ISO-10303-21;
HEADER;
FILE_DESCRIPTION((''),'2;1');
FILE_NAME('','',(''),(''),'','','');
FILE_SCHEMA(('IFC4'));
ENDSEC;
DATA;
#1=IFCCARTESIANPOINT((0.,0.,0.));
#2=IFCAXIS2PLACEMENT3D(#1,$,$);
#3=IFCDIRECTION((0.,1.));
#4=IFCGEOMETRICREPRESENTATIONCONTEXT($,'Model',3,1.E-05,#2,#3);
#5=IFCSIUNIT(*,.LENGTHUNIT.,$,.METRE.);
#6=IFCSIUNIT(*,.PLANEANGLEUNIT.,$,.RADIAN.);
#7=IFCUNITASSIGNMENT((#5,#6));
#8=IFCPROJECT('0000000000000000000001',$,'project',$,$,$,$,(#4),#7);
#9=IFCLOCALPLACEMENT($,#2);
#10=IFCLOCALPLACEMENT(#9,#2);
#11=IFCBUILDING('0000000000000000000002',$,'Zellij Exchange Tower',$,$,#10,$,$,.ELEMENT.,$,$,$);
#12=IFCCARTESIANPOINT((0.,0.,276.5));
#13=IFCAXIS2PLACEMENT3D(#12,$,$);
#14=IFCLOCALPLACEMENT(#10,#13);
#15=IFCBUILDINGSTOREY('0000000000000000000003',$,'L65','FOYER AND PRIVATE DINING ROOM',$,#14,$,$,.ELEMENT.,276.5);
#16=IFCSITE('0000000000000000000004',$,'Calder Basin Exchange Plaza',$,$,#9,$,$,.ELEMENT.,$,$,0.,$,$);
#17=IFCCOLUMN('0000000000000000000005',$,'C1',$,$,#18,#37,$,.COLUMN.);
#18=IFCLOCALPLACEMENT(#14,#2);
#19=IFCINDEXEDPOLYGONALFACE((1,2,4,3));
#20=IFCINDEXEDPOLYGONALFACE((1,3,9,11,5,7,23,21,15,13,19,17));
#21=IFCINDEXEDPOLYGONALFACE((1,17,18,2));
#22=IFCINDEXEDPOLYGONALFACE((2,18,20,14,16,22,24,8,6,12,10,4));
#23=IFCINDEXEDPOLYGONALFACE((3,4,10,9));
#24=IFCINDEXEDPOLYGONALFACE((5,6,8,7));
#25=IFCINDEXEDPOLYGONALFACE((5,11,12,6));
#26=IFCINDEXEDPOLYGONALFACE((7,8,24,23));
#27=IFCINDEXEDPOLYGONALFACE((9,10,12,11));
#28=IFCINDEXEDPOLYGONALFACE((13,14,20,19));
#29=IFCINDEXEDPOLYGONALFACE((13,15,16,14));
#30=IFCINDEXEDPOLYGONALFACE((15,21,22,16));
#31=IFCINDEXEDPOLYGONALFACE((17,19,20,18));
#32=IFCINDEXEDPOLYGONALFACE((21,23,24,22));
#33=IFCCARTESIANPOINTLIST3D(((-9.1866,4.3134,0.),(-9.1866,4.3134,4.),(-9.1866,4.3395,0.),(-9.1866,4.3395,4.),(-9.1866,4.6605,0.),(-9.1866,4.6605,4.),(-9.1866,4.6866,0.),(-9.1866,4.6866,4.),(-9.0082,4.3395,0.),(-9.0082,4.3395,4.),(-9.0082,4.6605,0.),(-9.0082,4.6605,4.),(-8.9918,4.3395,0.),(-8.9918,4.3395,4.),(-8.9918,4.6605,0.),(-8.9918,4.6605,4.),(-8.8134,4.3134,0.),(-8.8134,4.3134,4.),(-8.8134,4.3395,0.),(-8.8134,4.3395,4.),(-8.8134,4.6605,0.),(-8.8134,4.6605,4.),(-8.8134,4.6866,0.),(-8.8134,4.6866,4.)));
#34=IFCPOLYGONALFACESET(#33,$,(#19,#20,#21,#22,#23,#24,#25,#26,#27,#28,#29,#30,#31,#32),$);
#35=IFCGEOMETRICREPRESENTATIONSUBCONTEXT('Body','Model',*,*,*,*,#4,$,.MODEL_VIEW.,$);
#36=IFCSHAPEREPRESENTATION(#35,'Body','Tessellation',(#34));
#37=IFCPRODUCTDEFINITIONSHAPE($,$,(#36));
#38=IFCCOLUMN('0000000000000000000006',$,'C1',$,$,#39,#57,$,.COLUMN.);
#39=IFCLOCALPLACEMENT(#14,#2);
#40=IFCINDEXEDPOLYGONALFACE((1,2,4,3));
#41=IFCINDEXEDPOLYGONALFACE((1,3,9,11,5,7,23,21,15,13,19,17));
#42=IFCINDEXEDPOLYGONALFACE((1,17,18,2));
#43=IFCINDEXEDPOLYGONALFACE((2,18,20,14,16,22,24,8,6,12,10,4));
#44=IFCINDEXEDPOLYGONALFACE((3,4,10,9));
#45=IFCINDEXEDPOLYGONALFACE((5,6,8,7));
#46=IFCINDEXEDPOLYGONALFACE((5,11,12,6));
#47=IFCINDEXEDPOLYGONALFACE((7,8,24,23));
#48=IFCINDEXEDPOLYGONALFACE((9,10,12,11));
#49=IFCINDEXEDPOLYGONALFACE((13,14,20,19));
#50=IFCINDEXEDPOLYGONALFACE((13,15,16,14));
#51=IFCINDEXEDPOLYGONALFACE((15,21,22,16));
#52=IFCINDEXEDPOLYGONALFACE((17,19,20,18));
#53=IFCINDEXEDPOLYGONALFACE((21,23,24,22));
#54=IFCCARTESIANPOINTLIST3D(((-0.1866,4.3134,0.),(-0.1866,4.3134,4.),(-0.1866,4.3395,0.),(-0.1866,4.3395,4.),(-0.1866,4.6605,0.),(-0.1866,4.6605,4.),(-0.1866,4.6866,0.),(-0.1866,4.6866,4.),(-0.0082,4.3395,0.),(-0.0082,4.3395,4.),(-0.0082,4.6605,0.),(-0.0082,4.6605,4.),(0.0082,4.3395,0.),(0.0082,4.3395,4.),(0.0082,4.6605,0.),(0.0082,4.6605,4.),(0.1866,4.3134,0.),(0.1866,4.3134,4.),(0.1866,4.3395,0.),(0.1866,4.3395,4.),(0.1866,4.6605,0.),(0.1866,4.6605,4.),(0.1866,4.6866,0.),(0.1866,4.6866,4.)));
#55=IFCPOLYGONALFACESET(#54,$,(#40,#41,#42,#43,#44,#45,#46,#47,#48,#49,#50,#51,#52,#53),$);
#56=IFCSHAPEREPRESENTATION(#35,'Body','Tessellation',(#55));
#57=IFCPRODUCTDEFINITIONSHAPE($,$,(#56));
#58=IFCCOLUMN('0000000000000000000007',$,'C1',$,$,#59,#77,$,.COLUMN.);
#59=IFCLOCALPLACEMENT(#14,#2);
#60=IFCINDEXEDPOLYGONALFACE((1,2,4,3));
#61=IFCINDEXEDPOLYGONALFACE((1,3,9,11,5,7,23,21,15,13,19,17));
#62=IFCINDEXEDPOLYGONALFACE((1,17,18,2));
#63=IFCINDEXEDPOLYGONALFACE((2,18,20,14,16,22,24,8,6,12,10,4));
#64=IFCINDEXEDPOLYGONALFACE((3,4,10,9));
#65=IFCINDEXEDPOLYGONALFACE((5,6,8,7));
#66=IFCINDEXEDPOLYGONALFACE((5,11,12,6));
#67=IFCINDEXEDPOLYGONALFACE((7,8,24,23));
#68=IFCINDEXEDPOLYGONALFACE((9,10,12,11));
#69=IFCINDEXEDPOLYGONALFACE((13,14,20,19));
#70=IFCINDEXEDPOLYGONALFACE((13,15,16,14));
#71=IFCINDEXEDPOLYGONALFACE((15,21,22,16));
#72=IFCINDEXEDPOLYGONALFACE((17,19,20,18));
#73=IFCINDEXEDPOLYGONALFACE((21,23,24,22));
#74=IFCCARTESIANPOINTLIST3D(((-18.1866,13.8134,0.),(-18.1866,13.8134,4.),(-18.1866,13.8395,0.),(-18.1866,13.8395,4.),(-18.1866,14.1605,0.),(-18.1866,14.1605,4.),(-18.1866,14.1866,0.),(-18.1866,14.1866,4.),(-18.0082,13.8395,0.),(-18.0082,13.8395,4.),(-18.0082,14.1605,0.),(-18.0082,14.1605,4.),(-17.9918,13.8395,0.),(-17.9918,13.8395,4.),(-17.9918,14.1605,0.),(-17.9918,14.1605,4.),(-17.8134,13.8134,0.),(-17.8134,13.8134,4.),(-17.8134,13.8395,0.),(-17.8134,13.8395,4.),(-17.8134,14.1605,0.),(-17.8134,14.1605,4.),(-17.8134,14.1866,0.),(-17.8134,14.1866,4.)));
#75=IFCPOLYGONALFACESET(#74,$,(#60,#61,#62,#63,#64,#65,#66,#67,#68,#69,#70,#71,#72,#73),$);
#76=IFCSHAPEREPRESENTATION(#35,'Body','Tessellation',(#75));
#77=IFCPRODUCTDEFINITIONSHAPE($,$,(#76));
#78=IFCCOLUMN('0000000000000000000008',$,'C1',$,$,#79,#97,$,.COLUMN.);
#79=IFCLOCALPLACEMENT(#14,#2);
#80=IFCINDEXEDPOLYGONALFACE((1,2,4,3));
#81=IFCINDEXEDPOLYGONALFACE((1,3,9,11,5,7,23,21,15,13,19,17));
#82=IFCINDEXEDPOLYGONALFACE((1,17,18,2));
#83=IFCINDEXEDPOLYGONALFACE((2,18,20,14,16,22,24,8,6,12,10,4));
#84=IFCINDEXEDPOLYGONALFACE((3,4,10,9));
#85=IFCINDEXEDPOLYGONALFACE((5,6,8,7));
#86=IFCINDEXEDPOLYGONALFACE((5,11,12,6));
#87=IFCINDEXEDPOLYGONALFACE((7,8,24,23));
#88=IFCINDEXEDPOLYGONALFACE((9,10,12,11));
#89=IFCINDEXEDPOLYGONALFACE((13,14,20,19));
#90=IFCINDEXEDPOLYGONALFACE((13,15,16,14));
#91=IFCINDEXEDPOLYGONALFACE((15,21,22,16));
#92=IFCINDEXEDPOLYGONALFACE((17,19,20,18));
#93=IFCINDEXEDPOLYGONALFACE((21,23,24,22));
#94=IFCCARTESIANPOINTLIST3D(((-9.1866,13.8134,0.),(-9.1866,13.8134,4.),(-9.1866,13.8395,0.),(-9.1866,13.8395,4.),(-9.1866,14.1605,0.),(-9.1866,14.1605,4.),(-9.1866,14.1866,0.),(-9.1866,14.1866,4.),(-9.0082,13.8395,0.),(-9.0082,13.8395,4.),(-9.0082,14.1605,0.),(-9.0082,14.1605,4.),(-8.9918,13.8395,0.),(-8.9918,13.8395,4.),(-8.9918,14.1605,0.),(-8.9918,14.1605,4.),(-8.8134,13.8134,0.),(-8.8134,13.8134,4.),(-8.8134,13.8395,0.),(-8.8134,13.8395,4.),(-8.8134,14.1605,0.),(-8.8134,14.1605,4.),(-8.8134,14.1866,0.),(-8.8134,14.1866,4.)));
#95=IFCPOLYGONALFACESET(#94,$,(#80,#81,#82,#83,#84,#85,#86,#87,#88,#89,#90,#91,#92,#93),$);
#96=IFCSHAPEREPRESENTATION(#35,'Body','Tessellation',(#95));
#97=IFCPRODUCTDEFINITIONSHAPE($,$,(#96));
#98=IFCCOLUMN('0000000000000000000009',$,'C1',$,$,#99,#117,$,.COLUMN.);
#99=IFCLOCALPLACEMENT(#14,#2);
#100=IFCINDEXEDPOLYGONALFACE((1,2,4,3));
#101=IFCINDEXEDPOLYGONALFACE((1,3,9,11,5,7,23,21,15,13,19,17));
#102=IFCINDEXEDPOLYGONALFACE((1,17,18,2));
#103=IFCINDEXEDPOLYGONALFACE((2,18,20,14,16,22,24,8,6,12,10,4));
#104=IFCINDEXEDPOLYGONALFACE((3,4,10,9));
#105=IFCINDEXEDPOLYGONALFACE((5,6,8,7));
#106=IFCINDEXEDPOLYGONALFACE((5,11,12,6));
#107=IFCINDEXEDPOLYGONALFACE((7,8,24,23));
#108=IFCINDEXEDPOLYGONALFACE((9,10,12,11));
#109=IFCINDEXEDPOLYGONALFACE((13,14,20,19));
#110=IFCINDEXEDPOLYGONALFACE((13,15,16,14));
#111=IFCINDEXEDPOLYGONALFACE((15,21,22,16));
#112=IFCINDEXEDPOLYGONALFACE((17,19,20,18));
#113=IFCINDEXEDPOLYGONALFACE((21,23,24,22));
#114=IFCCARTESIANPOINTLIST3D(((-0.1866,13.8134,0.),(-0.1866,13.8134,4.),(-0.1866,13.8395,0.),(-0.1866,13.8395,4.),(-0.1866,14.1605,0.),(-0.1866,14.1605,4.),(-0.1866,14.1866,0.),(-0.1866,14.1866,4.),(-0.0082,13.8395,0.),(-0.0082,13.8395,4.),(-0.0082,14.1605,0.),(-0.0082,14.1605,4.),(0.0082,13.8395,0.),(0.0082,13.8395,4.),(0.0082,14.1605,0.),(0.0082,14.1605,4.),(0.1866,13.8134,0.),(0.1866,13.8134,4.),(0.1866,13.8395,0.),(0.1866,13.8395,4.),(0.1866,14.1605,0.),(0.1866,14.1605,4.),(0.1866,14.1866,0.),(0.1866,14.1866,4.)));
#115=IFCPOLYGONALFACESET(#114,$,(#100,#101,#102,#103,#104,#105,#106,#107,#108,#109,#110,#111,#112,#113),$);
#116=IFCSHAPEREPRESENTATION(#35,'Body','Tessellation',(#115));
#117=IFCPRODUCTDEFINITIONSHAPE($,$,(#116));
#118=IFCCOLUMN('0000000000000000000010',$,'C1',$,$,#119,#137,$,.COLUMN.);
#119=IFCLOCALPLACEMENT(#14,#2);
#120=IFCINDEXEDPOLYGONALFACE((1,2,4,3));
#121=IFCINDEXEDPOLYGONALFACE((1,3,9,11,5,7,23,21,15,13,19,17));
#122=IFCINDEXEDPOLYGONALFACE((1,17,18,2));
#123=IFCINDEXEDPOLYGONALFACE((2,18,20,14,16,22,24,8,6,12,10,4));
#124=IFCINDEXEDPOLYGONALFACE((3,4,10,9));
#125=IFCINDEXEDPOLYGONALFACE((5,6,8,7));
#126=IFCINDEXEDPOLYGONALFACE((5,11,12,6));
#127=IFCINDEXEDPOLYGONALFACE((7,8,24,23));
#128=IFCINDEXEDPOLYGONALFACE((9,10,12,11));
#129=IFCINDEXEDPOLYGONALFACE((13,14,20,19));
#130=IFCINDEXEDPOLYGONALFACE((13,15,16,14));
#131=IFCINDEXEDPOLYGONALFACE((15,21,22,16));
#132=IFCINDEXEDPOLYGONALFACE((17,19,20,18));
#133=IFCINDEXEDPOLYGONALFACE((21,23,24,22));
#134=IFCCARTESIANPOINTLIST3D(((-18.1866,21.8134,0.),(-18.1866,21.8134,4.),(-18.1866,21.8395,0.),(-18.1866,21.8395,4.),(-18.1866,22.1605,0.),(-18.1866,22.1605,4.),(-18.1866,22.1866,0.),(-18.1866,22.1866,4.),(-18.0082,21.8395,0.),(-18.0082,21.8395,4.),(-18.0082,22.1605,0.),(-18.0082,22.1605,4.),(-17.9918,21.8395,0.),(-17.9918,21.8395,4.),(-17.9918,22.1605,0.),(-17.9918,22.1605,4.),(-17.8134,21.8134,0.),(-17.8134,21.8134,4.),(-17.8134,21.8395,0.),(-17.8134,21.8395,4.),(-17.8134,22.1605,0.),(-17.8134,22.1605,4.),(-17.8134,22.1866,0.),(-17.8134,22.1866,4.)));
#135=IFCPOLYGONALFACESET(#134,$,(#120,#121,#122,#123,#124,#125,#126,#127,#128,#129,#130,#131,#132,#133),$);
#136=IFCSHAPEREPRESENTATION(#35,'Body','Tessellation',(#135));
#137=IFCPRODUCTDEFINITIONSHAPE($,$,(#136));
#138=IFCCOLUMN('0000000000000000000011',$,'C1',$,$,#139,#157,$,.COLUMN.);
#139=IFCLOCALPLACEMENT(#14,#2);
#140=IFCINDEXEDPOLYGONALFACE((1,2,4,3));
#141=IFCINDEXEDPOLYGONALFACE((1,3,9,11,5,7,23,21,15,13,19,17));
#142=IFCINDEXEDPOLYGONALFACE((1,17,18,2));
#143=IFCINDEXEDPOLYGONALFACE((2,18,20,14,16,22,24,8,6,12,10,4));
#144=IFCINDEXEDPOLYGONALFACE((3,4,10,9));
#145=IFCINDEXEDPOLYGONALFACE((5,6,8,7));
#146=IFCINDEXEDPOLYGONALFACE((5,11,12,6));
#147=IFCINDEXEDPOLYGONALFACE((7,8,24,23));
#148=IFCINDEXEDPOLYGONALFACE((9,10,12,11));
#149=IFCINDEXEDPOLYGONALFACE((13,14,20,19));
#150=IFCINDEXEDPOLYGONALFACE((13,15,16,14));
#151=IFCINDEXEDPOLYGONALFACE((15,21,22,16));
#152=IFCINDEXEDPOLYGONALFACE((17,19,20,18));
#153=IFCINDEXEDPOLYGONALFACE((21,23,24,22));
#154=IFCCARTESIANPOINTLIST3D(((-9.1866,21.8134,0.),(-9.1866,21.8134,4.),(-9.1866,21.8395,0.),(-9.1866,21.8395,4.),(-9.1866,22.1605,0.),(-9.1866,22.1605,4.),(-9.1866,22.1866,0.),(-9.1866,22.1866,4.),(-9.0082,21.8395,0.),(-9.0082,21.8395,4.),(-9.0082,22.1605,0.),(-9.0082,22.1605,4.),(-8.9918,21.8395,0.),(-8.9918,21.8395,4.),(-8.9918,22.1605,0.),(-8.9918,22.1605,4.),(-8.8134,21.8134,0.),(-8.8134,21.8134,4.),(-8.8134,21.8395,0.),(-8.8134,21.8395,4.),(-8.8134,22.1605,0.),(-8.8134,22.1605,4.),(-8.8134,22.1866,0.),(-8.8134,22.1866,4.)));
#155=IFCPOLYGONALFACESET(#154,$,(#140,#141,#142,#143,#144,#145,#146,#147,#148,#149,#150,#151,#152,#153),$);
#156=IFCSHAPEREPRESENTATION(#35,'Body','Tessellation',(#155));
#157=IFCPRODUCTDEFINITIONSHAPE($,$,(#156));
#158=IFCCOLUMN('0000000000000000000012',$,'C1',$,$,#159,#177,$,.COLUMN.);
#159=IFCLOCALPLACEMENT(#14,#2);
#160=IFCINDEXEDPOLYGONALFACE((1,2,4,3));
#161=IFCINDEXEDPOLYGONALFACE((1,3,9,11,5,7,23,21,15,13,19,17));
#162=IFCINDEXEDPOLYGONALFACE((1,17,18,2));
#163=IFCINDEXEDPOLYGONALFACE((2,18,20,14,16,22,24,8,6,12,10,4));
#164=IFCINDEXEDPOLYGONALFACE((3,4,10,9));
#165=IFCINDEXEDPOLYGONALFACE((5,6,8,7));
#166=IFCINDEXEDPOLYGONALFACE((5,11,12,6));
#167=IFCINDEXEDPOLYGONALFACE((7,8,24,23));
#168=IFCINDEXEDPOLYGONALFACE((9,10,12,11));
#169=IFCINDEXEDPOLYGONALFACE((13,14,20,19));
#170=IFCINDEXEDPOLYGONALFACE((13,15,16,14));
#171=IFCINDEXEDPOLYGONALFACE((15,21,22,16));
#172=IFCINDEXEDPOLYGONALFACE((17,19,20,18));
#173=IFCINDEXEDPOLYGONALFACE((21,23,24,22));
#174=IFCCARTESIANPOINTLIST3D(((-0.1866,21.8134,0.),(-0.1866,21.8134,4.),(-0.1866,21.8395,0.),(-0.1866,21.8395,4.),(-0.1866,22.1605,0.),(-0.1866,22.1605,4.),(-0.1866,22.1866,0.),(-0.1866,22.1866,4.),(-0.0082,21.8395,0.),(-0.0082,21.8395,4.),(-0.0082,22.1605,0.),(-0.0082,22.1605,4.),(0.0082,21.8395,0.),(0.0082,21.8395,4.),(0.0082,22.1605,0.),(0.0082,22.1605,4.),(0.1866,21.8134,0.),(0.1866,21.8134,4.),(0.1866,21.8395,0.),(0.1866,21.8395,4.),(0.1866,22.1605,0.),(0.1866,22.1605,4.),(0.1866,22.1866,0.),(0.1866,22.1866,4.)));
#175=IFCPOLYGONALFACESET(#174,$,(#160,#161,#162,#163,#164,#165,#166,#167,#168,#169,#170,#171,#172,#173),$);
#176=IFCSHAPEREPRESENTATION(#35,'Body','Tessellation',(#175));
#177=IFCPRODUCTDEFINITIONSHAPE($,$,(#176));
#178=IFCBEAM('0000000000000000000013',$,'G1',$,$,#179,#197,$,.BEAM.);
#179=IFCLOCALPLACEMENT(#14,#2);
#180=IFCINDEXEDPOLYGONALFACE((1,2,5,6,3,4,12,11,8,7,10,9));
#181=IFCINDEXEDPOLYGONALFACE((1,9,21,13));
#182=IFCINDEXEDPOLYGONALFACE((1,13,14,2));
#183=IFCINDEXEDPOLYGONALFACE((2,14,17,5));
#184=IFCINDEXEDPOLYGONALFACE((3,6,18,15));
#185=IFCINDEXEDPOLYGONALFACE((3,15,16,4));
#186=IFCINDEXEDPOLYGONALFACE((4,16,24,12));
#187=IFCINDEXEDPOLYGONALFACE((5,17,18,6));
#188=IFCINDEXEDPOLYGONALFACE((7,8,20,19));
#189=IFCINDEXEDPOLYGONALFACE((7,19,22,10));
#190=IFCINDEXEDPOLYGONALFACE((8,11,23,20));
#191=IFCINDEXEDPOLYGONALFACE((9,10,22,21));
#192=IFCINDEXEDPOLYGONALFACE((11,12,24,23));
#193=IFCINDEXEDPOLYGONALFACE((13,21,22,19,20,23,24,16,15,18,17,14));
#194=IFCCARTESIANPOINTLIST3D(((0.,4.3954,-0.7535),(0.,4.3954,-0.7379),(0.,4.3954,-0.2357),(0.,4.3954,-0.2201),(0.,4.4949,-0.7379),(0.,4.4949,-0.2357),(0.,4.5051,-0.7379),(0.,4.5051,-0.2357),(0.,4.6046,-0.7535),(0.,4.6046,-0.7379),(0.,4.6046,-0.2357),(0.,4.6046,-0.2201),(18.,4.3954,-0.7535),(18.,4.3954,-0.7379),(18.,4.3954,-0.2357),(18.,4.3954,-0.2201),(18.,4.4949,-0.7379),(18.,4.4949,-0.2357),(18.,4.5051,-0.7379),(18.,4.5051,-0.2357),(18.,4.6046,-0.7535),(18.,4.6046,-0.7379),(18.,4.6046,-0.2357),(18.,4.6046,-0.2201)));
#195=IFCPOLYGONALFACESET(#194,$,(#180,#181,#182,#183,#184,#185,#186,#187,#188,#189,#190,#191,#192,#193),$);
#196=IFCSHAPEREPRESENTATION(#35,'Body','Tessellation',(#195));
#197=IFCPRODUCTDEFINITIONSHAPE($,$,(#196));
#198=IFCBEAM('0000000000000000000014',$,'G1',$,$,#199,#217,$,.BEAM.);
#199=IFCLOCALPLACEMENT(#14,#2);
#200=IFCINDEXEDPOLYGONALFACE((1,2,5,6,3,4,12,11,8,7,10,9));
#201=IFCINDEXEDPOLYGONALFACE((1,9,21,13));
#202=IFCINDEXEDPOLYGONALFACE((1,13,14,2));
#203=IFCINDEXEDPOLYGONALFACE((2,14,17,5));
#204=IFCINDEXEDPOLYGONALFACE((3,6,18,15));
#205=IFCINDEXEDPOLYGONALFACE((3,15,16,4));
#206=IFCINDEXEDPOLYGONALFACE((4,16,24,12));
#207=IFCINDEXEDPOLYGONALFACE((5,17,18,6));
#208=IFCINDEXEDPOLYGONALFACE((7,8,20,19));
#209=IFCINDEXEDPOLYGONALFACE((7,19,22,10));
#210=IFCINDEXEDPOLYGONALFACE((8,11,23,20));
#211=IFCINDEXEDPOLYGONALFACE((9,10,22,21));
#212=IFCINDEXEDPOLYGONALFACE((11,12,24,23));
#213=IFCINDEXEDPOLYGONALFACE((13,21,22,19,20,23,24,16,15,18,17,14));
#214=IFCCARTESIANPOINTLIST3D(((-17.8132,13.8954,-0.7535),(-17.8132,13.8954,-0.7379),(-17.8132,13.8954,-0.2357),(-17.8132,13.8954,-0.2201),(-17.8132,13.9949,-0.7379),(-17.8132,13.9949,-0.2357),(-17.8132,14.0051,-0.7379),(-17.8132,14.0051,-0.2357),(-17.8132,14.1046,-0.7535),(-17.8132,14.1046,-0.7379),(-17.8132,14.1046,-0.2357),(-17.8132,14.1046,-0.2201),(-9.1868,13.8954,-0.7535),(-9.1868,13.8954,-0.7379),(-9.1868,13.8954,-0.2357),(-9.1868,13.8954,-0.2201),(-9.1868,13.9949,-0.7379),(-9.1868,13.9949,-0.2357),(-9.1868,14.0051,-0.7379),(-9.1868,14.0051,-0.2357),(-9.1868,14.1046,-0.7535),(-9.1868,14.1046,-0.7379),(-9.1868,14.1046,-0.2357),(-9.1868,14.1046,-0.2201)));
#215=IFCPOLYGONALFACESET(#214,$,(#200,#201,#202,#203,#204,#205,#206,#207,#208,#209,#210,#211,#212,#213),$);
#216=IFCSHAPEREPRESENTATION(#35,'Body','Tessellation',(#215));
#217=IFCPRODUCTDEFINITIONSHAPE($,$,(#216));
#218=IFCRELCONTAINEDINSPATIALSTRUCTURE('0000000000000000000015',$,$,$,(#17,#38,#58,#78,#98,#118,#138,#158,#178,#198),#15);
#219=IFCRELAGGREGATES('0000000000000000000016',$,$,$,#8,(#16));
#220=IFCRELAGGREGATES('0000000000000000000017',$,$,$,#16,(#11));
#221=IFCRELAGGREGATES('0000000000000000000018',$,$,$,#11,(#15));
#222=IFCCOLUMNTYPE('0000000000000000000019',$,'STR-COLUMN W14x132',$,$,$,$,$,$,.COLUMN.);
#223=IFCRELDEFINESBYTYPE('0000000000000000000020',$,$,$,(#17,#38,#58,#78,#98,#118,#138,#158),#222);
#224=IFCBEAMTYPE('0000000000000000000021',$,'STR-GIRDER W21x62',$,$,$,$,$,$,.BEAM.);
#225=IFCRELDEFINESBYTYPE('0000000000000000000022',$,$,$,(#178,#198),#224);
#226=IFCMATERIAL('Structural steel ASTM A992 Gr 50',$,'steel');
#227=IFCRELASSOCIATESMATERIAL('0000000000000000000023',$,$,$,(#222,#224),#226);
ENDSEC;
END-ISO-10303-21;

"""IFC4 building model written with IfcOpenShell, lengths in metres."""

from ifc_helpers import new_model, si_unit, direction, frame, origin, origin_2d, place, context, subcontext, project, spatial, i_section, extrude, material, material_profile, profile_set, type_object, element, save


model = new_model("IFC4")

# Units and contexts
model_context = context("Model", 3, precision=1e-05, world=origin(), true_north=direction((0.0, 1.0)))
body_context = subcontext(model_context, "Body", "Model", "MODEL_VIEW")
ifc_project = project(units=[si_unit("LENGTHUNIT", "METRE"), si_unit("PLANEANGLEUNIT", "RADIAN")], contexts=[model_context])

# Site, building, storey
site_placement = place(None, origin())
site = spatial("IfcSite", under=ifc_project, at=site_placement, Name="Calder Basin Exchange Plaza", CompositionType="ELEMENT", RefElevation=0.0)
building_placement = place(site_placement, origin())
building = spatial("IfcBuilding", under=site, at=building_placement, Name="Zellij Exchange Tower", CompositionType="ELEMENT")
storey_placement = place(building_placement, frame((0.0, 0.0, 276.5)))
storey = spatial("IfcBuildingStorey", under=building, at=storey_placement, Name="L65", Description="FOYER AND PRIVATE DINING ROOM", CompositionType="ELEMENT", Elevation=276.5)

# Columns
ifc_material_1 = material(Name="Structural steel ASTM A992 Gr 50", Category="steel")
ifc_material_profile_1 = material_profile(ifc_material_1, i_section(OverallWidth=0.3733, OverallDepth=0.3733, WebThickness=0.0164, FlangeThickness=0.0261, at=origin_2d()), Name="W14x132")
ifc_profile_set_1 = profile_set([ifc_material_profile_1], Name="Structural steel ASTM A992 Gr 50")
column_type = type_object("IfcColumnType", Name="STR-COLUMN W14x132", PredefinedType="COLUMN", material=ifc_profile_set_1)
for number, where, z_axis, x_axis, name in (
    (1, (-9.0, 4.5, 0.0), (0.0, 0.0, 1.0), (1.0, 0.0, 0.0), "C1"),
    (2, (0.0, 4.5, 0.0), (0.0, 0.0, 1.0), (1.0, 0.0, 0.0), "C1"),
    (3, (-18.0, 14.0, 0.0), (0.0, 0.0, 1.0), (1.0, 0.0, 0.0), "C1"),
    (4, (-9.0, 14.0, 0.0), (0.0, 0.0, 1.0), (1.0, 0.0, 0.0), "C1"),
    (5, (0.0, 14.0, 0.0), (0.0, 0.0, 1.0), (1.0, 0.0, 0.0), "C1"),
    (6, (-18.0, 22.0, 0.0), (0.0, 0.0, 1.0), (1.0, 0.0, 0.0), "C1"),
    (7, (-9.0, 22.0, 0.0), (0.0, 0.0, 1.0), (1.0, 0.0, 0.0), "C1"),
    (8, (0.0, 22.0, 0.0), (0.0, 0.0, 1.0), (1.0, 0.0, 0.0), "C1"),
):
    element("IfcColumn", number, at=place(storey_placement, frame(where, z_axis=z_axis, x_axis=x_axis)), inside=storey, type_object=column_type, Name=name, PredefinedType="COLUMN", context=body_context, shape_type="SweptSolid", body=[
        extrude(i_section(OverallWidth=0.3733, OverallDepth=0.3733, WebThickness=0.0164, FlangeThickness=0.0261, at=origin_2d()), origin(), (0.0, 0.0, 1.0), 4.0),
    ])

# Beams
ifc_material_profile_2 = material_profile(ifc_material_1, i_section(OverallWidth=0.2092, OverallDepth=0.5334, WebThickness=0.0103, FlangeThickness=0.0156, at=origin_2d()), Name="W21x62")
ifc_profile_set_2 = profile_set([ifc_material_profile_2], Name="Structural steel ASTM A992 Gr 50")
beam_type = type_object("IfcBeamType", Name="STR-GIRDER W21x62", PredefinedType="BEAM", material=ifc_profile_set_2)
beam_1_placement = place(storey_placement, frame((0.0, 4.5, -0.4868), z_axis=(1.0, 0.0, 0.0), x_axis=(0.0, 1.0, 0.0)))
element("IfcBeam", 9, at=beam_1_placement, inside=storey, type_object=beam_type, Name="G1", PredefinedType="BEAM", context=body_context, shape_type="SweptSolid", body=[
    extrude(i_section(OverallWidth=0.2092, OverallDepth=0.5334, WebThickness=0.0103, FlangeThickness=0.0156, at=origin_2d()), origin(), (0.0, 0.0, 1.0), 18.0),
])
for number, where, z_axis, x_axis, name in (
    (10, (-17.8132, 14.0, -0.4868), (1.0, 0.0, 0.0), (0.0, 1.0, 0.0), "G1"),
):
    element("IfcBeam", number, at=place(storey_placement, frame(where, z_axis=z_axis, x_axis=x_axis)), inside=storey, type_object=beam_type, Name=name, PredefinedType="BEAM", context=body_context, shape_type="SweptSolid", body=[
        extrude(i_section(OverallWidth=0.2092, OverallDepth=0.5334, WebThickness=0.0103, FlangeThickness=0.0156, at=origin_2d()), origin(), (0.0, 0.0, 1.0), 8.6265),
    ])

save(model, "model.ifc")
